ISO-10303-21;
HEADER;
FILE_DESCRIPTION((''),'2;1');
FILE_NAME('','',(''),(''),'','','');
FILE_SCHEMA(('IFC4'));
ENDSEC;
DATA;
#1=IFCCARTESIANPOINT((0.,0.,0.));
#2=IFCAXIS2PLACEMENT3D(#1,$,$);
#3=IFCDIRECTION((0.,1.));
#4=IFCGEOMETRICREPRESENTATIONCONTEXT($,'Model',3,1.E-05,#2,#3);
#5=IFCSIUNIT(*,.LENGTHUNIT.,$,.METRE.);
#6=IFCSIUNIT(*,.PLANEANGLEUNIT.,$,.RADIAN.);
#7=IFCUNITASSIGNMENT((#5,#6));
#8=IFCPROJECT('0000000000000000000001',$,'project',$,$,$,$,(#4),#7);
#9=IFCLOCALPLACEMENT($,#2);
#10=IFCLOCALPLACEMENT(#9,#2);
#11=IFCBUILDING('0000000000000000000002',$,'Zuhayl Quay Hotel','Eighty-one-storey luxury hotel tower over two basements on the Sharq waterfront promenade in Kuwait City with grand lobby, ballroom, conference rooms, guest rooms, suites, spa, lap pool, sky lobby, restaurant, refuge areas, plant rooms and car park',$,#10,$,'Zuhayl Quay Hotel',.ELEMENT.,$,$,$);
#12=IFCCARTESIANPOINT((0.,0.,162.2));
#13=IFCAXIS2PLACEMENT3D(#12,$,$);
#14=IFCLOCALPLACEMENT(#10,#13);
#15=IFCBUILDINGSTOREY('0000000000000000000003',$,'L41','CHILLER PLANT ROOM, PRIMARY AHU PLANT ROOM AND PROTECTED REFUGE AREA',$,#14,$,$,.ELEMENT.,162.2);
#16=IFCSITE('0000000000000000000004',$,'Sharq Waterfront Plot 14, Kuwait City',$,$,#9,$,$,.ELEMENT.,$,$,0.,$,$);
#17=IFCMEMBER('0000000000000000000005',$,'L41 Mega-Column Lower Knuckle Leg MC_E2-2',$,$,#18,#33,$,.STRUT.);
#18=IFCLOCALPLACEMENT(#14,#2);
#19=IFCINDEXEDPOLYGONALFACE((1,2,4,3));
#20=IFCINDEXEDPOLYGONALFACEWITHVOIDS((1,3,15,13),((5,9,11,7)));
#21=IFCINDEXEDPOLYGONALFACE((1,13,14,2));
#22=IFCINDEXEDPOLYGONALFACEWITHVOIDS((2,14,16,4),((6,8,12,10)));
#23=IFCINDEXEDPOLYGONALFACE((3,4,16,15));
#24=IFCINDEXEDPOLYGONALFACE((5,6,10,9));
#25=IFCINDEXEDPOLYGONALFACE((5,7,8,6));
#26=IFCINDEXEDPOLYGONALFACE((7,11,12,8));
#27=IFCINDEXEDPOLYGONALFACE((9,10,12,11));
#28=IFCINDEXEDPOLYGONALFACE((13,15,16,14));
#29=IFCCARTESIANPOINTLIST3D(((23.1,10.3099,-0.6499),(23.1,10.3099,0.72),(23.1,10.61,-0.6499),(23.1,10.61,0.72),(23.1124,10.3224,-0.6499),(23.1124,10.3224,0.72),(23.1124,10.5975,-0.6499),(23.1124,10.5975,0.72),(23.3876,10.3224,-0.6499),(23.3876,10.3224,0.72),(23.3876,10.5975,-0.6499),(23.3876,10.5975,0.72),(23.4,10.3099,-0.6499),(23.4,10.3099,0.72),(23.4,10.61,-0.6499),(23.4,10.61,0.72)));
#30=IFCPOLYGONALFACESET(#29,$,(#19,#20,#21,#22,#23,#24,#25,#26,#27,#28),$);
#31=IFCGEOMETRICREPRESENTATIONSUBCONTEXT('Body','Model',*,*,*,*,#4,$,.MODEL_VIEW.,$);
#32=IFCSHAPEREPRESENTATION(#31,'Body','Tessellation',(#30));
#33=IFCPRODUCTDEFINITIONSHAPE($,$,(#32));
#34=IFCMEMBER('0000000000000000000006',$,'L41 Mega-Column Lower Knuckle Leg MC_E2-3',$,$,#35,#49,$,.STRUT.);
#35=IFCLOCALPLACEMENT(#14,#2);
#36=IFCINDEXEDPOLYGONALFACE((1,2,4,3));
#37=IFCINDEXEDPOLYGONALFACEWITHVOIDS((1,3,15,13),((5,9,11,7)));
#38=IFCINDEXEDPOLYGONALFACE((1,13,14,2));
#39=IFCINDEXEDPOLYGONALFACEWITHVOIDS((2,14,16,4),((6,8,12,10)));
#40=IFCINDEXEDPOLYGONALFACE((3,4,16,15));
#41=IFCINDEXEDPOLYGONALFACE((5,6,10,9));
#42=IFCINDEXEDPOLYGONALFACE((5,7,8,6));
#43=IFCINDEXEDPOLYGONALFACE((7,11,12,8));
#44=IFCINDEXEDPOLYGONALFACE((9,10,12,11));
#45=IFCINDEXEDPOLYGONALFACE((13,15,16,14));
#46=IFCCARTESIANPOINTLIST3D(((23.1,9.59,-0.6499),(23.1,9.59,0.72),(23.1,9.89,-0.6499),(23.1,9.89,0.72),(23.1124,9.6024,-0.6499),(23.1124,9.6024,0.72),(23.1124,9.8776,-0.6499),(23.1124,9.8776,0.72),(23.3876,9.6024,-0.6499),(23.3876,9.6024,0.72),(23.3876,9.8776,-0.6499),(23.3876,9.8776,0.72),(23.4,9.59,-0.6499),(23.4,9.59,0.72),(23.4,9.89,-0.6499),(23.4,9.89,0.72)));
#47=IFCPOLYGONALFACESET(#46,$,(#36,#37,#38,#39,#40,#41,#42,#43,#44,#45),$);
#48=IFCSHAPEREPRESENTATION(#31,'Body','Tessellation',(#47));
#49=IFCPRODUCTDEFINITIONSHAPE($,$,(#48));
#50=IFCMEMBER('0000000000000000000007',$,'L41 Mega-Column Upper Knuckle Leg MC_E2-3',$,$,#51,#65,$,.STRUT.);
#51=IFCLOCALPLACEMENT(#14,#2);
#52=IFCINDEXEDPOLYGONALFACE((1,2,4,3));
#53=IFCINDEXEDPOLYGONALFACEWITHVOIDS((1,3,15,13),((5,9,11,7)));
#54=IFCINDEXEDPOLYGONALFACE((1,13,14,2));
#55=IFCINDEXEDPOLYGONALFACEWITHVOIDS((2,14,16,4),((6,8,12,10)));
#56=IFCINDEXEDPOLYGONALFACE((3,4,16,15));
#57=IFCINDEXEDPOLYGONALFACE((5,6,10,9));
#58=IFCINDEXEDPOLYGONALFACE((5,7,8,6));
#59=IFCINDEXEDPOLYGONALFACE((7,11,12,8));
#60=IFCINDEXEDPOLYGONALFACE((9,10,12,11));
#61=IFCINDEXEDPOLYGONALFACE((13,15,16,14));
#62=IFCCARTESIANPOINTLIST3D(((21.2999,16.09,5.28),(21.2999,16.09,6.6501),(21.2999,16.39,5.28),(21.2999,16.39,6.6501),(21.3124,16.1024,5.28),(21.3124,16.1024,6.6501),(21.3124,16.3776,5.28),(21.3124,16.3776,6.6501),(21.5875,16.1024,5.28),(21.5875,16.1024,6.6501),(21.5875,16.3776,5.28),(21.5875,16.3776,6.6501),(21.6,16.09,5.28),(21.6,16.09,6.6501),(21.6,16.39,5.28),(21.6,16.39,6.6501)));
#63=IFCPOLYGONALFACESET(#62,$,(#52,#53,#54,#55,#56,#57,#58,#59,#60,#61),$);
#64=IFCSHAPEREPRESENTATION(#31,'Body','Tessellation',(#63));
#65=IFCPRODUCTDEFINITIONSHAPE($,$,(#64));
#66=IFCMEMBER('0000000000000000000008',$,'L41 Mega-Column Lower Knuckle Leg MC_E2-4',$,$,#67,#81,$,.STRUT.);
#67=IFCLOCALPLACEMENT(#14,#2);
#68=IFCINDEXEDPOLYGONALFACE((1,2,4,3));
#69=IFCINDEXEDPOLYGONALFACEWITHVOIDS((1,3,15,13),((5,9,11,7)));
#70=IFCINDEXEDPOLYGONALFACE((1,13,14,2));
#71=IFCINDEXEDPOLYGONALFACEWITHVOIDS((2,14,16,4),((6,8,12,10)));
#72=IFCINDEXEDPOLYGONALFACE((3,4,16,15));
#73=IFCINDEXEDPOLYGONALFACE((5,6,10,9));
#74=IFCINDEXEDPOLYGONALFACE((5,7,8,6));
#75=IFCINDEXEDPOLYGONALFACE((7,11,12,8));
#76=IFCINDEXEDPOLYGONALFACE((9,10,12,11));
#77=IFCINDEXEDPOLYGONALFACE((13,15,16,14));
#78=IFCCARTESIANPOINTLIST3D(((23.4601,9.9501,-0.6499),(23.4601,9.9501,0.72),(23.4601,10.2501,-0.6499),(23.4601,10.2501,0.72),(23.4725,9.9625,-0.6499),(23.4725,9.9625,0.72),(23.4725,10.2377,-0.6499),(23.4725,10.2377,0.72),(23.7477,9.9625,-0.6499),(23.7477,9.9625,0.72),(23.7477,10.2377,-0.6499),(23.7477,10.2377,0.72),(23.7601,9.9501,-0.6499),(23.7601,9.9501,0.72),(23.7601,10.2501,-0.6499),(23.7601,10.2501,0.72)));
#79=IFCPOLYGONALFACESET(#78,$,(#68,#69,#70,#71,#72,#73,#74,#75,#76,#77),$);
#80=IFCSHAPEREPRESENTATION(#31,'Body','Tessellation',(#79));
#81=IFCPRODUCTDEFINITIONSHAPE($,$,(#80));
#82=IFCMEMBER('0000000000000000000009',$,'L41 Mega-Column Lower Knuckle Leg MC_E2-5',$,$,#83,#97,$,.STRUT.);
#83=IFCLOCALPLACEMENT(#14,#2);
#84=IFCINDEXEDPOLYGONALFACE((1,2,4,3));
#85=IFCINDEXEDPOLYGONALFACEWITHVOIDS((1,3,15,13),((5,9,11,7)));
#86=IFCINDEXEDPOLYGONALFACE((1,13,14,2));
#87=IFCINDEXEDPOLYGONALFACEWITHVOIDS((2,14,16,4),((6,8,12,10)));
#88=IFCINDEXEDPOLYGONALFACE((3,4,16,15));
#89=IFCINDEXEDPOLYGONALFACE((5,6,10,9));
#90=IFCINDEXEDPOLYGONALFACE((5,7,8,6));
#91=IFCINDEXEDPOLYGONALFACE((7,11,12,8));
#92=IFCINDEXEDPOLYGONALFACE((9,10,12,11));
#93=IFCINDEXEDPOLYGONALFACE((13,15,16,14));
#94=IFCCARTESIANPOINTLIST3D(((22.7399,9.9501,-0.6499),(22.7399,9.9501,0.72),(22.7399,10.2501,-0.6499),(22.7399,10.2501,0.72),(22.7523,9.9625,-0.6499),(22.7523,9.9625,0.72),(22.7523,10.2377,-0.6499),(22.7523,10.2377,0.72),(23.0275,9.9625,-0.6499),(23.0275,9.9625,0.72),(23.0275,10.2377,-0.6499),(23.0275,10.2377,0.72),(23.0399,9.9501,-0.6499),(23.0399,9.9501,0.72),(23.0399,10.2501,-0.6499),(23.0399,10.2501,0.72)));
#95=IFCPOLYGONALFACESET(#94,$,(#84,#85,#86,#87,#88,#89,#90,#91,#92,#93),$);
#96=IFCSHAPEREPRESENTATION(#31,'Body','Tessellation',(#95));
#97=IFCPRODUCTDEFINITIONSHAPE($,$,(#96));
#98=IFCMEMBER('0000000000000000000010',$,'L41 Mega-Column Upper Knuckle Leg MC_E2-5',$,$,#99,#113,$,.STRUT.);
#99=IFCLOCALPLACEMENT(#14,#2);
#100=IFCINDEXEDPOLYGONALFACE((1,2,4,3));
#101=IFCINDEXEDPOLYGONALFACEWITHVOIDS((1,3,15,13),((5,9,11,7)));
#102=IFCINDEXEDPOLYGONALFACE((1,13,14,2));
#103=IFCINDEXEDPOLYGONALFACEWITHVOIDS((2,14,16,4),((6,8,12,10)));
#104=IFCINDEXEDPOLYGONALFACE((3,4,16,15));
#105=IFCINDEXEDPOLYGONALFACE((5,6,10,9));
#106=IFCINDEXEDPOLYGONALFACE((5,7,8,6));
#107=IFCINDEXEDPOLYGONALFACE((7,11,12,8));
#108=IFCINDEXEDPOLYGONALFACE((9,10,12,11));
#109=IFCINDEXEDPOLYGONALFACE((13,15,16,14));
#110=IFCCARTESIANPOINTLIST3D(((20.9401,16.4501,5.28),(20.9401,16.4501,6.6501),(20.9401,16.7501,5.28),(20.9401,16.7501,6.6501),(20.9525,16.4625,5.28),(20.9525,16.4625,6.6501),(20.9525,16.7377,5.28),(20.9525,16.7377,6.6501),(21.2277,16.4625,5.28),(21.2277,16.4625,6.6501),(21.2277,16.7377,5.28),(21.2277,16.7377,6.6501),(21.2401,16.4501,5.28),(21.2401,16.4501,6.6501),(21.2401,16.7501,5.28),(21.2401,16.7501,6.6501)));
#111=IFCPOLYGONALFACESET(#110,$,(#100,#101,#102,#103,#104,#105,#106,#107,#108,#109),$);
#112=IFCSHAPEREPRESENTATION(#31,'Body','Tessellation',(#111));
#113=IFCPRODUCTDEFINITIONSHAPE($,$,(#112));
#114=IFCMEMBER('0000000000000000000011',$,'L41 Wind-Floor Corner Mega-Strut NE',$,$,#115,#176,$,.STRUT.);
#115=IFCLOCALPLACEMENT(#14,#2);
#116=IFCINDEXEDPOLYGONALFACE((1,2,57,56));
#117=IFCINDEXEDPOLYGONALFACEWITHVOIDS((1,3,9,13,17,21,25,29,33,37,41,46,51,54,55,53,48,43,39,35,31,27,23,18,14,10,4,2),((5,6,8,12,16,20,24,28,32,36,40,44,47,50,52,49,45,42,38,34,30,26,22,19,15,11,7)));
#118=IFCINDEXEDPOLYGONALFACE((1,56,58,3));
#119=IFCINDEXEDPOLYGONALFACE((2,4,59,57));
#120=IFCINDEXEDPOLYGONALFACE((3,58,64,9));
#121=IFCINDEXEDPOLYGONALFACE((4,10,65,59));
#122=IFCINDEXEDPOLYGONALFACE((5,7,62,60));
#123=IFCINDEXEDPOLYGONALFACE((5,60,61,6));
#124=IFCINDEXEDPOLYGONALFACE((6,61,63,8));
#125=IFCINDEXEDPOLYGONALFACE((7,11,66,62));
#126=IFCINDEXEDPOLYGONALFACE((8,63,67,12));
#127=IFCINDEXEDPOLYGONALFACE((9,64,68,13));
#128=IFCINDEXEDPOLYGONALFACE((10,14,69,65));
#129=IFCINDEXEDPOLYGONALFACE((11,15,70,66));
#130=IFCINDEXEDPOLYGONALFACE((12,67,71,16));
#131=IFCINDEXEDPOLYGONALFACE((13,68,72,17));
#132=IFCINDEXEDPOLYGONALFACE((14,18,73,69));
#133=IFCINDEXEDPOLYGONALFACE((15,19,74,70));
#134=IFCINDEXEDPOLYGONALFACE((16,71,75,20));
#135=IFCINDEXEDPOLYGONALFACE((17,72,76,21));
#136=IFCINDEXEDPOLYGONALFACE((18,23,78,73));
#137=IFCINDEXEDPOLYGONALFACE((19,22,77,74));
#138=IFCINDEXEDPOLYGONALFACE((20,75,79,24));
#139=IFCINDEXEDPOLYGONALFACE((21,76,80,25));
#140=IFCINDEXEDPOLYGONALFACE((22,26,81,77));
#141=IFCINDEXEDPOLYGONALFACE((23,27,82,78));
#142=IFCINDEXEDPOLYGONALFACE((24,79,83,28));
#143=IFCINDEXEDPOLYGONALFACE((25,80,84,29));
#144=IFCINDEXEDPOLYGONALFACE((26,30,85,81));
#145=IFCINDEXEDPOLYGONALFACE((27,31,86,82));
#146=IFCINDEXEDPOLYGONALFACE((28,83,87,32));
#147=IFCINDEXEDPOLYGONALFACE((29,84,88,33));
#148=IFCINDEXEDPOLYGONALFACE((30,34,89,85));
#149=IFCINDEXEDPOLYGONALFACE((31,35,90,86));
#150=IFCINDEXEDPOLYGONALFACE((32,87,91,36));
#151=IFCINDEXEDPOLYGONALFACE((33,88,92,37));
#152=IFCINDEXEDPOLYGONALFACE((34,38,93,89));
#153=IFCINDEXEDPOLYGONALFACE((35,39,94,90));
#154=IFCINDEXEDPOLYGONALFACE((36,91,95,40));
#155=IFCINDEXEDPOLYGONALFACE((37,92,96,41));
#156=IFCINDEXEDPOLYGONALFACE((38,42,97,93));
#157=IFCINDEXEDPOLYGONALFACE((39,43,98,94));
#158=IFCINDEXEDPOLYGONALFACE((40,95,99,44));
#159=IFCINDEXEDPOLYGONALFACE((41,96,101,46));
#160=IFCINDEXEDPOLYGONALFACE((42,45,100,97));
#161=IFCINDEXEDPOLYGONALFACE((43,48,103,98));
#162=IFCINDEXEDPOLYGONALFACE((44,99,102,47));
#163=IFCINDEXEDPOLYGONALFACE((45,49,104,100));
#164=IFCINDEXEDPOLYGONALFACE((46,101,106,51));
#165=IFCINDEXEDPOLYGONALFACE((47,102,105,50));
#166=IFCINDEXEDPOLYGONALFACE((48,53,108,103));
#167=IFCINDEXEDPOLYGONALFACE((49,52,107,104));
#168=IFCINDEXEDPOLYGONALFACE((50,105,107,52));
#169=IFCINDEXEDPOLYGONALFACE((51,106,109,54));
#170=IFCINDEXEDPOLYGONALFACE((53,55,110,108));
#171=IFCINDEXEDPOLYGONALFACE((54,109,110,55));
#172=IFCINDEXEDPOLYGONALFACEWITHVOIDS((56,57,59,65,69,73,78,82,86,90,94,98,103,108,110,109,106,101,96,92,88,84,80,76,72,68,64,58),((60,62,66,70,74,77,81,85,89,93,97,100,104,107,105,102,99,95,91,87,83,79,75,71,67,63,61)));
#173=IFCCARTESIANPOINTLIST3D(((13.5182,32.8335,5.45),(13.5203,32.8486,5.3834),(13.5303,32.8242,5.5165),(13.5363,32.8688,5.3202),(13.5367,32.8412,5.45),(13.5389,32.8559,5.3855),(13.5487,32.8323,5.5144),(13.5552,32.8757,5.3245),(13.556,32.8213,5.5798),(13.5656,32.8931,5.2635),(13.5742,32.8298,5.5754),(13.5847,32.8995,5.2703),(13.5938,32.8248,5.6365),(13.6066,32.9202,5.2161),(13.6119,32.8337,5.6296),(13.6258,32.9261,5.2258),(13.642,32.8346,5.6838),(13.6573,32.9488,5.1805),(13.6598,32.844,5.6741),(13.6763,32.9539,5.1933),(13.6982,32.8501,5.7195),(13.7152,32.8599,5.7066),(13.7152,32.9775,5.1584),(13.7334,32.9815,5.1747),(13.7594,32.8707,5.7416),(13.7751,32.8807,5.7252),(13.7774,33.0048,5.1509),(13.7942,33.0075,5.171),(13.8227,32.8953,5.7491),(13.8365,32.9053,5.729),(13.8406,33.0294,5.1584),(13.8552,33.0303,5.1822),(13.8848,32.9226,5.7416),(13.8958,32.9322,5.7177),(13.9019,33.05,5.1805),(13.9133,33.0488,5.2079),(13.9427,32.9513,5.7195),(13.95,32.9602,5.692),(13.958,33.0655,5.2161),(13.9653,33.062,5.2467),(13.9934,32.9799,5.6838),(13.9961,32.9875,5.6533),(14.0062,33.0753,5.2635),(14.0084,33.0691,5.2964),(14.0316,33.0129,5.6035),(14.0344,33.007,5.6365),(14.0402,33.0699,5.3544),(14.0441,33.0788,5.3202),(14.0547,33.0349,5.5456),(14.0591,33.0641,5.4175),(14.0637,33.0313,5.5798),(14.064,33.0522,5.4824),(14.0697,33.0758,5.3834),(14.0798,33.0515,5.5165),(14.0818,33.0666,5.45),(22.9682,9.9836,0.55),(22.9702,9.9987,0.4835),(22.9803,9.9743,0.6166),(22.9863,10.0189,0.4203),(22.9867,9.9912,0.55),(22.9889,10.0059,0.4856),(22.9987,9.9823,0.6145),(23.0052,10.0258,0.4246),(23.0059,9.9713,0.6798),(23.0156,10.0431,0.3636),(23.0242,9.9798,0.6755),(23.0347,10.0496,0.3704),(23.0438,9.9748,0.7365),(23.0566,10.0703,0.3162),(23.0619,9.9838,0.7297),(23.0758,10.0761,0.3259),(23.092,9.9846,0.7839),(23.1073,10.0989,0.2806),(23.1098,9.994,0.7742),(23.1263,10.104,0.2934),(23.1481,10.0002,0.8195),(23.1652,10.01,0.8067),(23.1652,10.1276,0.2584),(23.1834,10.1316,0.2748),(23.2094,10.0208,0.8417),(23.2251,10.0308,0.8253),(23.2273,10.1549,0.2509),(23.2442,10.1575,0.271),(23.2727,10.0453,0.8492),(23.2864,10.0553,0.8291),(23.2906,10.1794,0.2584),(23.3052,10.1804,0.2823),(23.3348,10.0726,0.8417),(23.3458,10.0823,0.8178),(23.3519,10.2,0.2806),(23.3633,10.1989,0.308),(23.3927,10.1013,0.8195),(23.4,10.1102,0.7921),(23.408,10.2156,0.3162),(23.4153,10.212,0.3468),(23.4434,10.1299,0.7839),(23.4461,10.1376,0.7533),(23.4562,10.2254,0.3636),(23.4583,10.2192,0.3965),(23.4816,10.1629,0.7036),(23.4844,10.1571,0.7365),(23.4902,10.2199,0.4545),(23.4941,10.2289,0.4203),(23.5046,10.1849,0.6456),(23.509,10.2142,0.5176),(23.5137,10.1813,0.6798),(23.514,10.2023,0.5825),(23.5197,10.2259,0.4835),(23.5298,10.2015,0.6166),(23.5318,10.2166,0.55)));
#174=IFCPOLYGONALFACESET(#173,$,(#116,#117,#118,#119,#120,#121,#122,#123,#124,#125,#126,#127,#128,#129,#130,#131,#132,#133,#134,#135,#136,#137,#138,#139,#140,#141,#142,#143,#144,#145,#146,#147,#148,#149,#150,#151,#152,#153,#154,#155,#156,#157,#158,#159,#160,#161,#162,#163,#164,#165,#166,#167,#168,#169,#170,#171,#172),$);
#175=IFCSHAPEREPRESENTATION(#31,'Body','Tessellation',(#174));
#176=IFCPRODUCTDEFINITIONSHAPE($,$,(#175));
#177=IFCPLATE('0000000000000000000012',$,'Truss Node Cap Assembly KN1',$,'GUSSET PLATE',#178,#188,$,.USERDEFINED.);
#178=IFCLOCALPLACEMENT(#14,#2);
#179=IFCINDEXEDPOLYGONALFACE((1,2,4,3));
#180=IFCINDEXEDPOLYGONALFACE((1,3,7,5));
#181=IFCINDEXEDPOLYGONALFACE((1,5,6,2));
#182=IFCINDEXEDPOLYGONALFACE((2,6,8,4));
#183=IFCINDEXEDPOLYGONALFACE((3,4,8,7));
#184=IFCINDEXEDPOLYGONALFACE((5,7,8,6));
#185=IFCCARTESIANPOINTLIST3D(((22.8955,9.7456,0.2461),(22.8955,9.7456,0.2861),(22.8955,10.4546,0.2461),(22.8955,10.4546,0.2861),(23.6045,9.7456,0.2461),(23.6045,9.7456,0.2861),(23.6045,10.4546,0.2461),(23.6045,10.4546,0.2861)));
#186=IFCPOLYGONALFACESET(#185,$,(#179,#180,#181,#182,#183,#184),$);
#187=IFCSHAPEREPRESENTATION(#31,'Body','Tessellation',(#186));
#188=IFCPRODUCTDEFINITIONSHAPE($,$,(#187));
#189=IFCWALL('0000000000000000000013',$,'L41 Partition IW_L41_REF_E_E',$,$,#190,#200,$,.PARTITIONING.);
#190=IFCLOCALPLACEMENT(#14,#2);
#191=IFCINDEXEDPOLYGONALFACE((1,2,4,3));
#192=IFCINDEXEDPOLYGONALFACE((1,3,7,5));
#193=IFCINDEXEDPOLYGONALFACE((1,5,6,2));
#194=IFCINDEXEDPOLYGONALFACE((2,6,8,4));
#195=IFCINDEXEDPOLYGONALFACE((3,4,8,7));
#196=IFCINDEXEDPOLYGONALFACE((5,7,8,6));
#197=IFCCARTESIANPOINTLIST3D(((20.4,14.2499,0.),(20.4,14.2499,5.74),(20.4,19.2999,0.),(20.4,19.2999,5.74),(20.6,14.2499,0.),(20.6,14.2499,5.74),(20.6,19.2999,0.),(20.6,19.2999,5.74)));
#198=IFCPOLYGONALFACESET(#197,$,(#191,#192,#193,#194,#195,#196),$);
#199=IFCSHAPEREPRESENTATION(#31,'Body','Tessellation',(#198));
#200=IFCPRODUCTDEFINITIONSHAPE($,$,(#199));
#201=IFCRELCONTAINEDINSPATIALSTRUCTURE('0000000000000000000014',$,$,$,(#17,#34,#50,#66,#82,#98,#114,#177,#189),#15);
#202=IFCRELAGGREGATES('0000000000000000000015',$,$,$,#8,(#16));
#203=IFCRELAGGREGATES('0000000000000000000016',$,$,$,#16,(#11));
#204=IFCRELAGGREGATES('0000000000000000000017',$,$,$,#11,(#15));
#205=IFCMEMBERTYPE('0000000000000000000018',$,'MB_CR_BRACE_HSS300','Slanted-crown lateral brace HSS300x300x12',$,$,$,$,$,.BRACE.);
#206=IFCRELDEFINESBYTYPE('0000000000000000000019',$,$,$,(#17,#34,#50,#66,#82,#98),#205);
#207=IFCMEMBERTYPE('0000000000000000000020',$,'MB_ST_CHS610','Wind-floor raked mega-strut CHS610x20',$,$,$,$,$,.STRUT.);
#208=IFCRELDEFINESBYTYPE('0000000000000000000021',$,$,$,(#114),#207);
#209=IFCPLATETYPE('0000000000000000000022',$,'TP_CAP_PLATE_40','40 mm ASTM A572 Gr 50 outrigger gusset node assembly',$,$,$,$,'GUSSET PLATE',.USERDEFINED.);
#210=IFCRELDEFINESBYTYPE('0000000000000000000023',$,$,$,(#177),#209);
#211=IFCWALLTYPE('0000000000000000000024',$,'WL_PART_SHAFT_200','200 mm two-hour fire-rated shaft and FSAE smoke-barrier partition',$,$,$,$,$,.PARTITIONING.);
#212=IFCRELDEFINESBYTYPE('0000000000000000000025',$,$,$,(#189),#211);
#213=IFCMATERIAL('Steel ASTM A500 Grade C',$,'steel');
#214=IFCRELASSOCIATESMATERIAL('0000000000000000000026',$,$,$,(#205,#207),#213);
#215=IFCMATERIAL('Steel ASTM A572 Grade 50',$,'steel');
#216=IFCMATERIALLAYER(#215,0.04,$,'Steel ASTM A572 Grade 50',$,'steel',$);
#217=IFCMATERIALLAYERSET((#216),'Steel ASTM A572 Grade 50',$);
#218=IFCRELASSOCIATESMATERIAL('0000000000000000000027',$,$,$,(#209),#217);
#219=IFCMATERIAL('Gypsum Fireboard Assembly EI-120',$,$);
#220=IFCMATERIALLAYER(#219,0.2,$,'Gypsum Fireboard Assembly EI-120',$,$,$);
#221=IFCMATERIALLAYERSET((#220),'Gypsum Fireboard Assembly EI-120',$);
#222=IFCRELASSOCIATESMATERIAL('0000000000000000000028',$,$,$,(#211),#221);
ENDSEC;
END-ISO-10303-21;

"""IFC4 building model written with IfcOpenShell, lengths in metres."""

from ifc_helpers import new_model, si_unit, direction, frame, frame_2d, origin, origin_2d, place, context, subcontext, project, spatial, rectangle, hollow_rectangle, hollow_circle, extrude, material, layer, layer_set, material_profile, profile_set, type_object, element, save


model = new_model("IFC4")

# Units and contexts
model_context = context("Model", 3, precision=1e-05, world=origin(), true_north=direction((0.0, 1.0)))
body_context = subcontext(model_context, "Body", "Model", "MODEL_VIEW")
ifc_project = project(units=[si_unit("LENGTHUNIT", "METRE"), si_unit("PLANEANGLEUNIT", "RADIAN")], contexts=[model_context])

# Site, building, storey
site_placement = place(None, origin())
site = spatial("IfcSite", under=ifc_project, at=site_placement, Name="Sharq Waterfront Plot 14, Kuwait City", CompositionType="ELEMENT", RefElevation=0.0)
building_placement = place(site_placement, origin())
building = spatial("IfcBuilding", under=site, at=building_placement, Name="Zuhayl Quay Hotel", Description="Eighty-one-storey luxury hotel tower over two basements on the Sharq waterfront promenade in Kuwait City with grand lobby, ballroom, conference rooms, guest rooms, suites, spa, lap pool, sky lobby, restaurant, refuge areas, plant rooms and car park", LongName="Zuhayl Quay Hotel", CompositionType="ELEMENT")
storey_placement = place(building_placement, frame((0.0, 0.0, 162.2)))
storey = spatial("IfcBuildingStorey", under=building, at=storey_placement, Name="L41", Description="CHILLER PLANT ROOM, PRIMARY AHU PLANT ROOM AND PROTECTED REFUGE AREA", CompositionType="ELEMENT", Elevation=162.2)

# Members
ifc_material_1 = material(Name="Steel ASTM A500 Grade C", Category="steel")
ifc_material_profile_1 = material_profile(ifc_material_1, hollow_rectangle(XDim=0.3, YDim=0.3, WallThickness=0.0125, at=origin_2d()), Name="HSS300X300X12")
ifc_profile_set_1 = profile_set([ifc_material_profile_1], Name="Steel ASTM A500 Grade C")
member_type_1 = type_object("IfcMemberType", Name="MB_CR_BRACE_HSS300", Description="Slanted-crown lateral brace HSS300x300x12", PredefinedType="BRACE", material=ifc_profile_set_1)
for number, where, z_axis, x_axis, name in (
    (1, (23.25, 10.46, -0.6499), (0.0, 0.0, 1.0), (1.0, 0.0, 0.0), "L41 Mega-Column Lower Knuckle Leg MC_E2-2"),
    (2, (23.25, 9.74, -0.6499), (0.0, 0.0, 1.0), (1.0, 0.0, 0.0), "L41 Mega-Column Lower Knuckle Leg MC_E2-3"),
):
    element("IfcMember", number, at=place(storey_placement, frame(where, z_axis=z_axis, x_axis=x_axis)), inside=storey, type_object=member_type_1, Name=name, PredefinedType="STRUT", context=body_context, shape_type="SweptSolid", body=[
        extrude(hollow_rectangle(XDim=0.3, YDim=0.3, WallThickness=0.0125, at=origin_2d()), origin(), (0.0, 0.0, 1.0), 1.3699),
    ])
member_1_placement = place(storey_placement, frame((21.45, 16.24, 5.28), z_axis=(0.0, 0.0, 1.0), x_axis=(1.0, 0.0, 0.0)))
element("IfcMember", 3, at=member_1_placement, inside=storey, type_object=member_type_1, Name="L41 Mega-Column Upper Knuckle Leg MC_E2-3", PredefinedType="STRUT", context=body_context, shape_type="SweptSolid", body=[
    extrude(hollow_rectangle(XDim=0.3, YDim=0.3, WallThickness=0.0125, at=origin_2d()), origin(), (0.0, 0.0, 1.0), 1.3701),
])
for number, where, z_axis, x_axis, name in (
    (4, (23.6101, 10.1001, -0.6499), (0.0, 0.0, 1.0), (1.0, 0.0, 0.0), "L41 Mega-Column Lower Knuckle Leg MC_E2-4"),
    (5, (22.8899, 10.1001, -0.6499), (0.0, 0.0, 1.0), (1.0, 0.0, 0.0), "L41 Mega-Column Lower Knuckle Leg MC_E2-5"),
):
    element("IfcMember", number, at=place(storey_placement, frame(where, z_axis=z_axis, x_axis=x_axis)), inside=storey, type_object=member_type_1, Name=name, PredefinedType="STRUT", context=body_context, shape_type="SweptSolid", body=[
        extrude(hollow_rectangle(XDim=0.3, YDim=0.3, WallThickness=0.0125, at=origin_2d()), origin(), (0.0, 0.0, 1.0), 1.3699),
    ])
member_2_placement = place(storey_placement, frame((21.0901, 16.6001, 5.28), z_axis=(0.0, 0.0, 1.0), x_axis=(1.0, 0.0, 0.0)))
element("IfcMember", 6, at=member_2_placement, inside=storey, type_object=member_type_1, Name="L41 Mega-Column Upper Knuckle Leg MC_E2-5", PredefinedType="STRUT", context=body_context, shape_type="SweptSolid", body=[
    extrude(hollow_rectangle(XDim=0.3, YDim=0.3, WallThickness=0.0125, at=origin_2d()), origin(), (0.0, 0.0, 1.0), 1.3701),
])
ifc_material_profile_2 = material_profile(ifc_material_1, hollow_circle(Radius=0.3049, WallThickness=0.02, at=origin_2d()), Name="CHS610X20")
ifc_profile_set_2 = profile_set([ifc_material_profile_2], Name="Steel ASTM A500 Grade C")
member_type_2 = type_object("IfcMemberType", Name="MB_ST_CHS610", Description="Wind-floor raked mega-strut CHS610x20", PredefinedType="STRUT", material=ifc_profile_set_2)
member_3_placement = place(storey_placement, frame((23.25, 10.1001, 0.55), z_axis=(-0.374884, 0.906464, 0.194381), x_axis=(-0.924091, -0.382174, 0.0)))
element("IfcMember", 7, at=member_3_placement, inside=storey, type_object=member_type_2, Name="L41 Wind-Floor Corner Mega-Strut NE", PredefinedType="STRUT", context=body_context, shape_type="SweptSolid", body=[
    extrude(hollow_circle(Radius=0.3049, WallThickness=0.02, at=origin_2d()), origin(), (0.0, 0.0, 1.0), 25.2078),
])

# Plate
ifc_material_2 = material(Name="Steel ASTM A572 Grade 50", Category="steel")
ifc_layer_1 = layer(ifc_material_2, 0.04, Name="Steel ASTM A572 Grade 50", Category="steel")
ifc_layer_set_1 = layer_set([ifc_layer_1], Name="Steel ASTM A572 Grade 50")
plate_type = type_object("IfcPlateType", Name="TP_CAP_PLATE_40", Description="40 mm ASTM A572 Gr 50 outrigger gusset node assembly", ElementType="GUSSET PLATE", PredefinedType="USERDEFINED", material=ifc_layer_set_1)
plate_placement = place(storey_placement, frame((23.25, 10.1001, 0.2461), z_axis=(0.0, 0.0, 1.0), x_axis=(1.0, 0.0, 0.0)))
element("IfcPlate", 8, at=plate_placement, inside=storey, type_object=plate_type, Name="Truss Node Cap Assembly KN1", ObjectType="GUSSET PLATE", PredefinedType="USERDEFINED", context=body_context, shape_type="SweptSolid", body=[
    extrude(rectangle(XDim=0.709, YDim=0.709, at=origin_2d()), origin(), (0.0, 0.0, 1.0), 0.04),
])

# Wall
ifc_material_3 = material(Name="Gypsum Fireboard Assembly EI-120")
ifc_layer_2 = layer(ifc_material_3, 0.2, Name="Gypsum Fireboard Assembly EI-120")
ifc_layer_set_2 = layer_set([ifc_layer_2], Name="Gypsum Fireboard Assembly EI-120")
wall_type = type_object("IfcWallType", Name="WL_PART_SHAFT_200", Description="200 mm two-hour fire-rated shaft and FSAE smoke-barrier partition", PredefinedType="PARTITIONING", material=ifc_layer_set_2)
wall_1_placement = place(storey_placement, frame((20.5, 14.25, 0.0), z_axis=(0.0, 0.0, 1.0), x_axis=(0.0, 1.0, 0.0)))
element("IfcWall", 9, at=wall_1_placement, inside=storey, type_object=wall_type, Name="L41 Partition IW_L41_REF_E_E", PredefinedType="PARTITIONING", context=body_context, shape_type="SweptSolid", body=[
    extrude(rectangle(XDim=5.05, YDim=0.2, at=frame_2d((2.5249, 0.0))), origin(), (0.0, 0.0, 1.0), 5.74),
])

save(model, "model.ifc")
